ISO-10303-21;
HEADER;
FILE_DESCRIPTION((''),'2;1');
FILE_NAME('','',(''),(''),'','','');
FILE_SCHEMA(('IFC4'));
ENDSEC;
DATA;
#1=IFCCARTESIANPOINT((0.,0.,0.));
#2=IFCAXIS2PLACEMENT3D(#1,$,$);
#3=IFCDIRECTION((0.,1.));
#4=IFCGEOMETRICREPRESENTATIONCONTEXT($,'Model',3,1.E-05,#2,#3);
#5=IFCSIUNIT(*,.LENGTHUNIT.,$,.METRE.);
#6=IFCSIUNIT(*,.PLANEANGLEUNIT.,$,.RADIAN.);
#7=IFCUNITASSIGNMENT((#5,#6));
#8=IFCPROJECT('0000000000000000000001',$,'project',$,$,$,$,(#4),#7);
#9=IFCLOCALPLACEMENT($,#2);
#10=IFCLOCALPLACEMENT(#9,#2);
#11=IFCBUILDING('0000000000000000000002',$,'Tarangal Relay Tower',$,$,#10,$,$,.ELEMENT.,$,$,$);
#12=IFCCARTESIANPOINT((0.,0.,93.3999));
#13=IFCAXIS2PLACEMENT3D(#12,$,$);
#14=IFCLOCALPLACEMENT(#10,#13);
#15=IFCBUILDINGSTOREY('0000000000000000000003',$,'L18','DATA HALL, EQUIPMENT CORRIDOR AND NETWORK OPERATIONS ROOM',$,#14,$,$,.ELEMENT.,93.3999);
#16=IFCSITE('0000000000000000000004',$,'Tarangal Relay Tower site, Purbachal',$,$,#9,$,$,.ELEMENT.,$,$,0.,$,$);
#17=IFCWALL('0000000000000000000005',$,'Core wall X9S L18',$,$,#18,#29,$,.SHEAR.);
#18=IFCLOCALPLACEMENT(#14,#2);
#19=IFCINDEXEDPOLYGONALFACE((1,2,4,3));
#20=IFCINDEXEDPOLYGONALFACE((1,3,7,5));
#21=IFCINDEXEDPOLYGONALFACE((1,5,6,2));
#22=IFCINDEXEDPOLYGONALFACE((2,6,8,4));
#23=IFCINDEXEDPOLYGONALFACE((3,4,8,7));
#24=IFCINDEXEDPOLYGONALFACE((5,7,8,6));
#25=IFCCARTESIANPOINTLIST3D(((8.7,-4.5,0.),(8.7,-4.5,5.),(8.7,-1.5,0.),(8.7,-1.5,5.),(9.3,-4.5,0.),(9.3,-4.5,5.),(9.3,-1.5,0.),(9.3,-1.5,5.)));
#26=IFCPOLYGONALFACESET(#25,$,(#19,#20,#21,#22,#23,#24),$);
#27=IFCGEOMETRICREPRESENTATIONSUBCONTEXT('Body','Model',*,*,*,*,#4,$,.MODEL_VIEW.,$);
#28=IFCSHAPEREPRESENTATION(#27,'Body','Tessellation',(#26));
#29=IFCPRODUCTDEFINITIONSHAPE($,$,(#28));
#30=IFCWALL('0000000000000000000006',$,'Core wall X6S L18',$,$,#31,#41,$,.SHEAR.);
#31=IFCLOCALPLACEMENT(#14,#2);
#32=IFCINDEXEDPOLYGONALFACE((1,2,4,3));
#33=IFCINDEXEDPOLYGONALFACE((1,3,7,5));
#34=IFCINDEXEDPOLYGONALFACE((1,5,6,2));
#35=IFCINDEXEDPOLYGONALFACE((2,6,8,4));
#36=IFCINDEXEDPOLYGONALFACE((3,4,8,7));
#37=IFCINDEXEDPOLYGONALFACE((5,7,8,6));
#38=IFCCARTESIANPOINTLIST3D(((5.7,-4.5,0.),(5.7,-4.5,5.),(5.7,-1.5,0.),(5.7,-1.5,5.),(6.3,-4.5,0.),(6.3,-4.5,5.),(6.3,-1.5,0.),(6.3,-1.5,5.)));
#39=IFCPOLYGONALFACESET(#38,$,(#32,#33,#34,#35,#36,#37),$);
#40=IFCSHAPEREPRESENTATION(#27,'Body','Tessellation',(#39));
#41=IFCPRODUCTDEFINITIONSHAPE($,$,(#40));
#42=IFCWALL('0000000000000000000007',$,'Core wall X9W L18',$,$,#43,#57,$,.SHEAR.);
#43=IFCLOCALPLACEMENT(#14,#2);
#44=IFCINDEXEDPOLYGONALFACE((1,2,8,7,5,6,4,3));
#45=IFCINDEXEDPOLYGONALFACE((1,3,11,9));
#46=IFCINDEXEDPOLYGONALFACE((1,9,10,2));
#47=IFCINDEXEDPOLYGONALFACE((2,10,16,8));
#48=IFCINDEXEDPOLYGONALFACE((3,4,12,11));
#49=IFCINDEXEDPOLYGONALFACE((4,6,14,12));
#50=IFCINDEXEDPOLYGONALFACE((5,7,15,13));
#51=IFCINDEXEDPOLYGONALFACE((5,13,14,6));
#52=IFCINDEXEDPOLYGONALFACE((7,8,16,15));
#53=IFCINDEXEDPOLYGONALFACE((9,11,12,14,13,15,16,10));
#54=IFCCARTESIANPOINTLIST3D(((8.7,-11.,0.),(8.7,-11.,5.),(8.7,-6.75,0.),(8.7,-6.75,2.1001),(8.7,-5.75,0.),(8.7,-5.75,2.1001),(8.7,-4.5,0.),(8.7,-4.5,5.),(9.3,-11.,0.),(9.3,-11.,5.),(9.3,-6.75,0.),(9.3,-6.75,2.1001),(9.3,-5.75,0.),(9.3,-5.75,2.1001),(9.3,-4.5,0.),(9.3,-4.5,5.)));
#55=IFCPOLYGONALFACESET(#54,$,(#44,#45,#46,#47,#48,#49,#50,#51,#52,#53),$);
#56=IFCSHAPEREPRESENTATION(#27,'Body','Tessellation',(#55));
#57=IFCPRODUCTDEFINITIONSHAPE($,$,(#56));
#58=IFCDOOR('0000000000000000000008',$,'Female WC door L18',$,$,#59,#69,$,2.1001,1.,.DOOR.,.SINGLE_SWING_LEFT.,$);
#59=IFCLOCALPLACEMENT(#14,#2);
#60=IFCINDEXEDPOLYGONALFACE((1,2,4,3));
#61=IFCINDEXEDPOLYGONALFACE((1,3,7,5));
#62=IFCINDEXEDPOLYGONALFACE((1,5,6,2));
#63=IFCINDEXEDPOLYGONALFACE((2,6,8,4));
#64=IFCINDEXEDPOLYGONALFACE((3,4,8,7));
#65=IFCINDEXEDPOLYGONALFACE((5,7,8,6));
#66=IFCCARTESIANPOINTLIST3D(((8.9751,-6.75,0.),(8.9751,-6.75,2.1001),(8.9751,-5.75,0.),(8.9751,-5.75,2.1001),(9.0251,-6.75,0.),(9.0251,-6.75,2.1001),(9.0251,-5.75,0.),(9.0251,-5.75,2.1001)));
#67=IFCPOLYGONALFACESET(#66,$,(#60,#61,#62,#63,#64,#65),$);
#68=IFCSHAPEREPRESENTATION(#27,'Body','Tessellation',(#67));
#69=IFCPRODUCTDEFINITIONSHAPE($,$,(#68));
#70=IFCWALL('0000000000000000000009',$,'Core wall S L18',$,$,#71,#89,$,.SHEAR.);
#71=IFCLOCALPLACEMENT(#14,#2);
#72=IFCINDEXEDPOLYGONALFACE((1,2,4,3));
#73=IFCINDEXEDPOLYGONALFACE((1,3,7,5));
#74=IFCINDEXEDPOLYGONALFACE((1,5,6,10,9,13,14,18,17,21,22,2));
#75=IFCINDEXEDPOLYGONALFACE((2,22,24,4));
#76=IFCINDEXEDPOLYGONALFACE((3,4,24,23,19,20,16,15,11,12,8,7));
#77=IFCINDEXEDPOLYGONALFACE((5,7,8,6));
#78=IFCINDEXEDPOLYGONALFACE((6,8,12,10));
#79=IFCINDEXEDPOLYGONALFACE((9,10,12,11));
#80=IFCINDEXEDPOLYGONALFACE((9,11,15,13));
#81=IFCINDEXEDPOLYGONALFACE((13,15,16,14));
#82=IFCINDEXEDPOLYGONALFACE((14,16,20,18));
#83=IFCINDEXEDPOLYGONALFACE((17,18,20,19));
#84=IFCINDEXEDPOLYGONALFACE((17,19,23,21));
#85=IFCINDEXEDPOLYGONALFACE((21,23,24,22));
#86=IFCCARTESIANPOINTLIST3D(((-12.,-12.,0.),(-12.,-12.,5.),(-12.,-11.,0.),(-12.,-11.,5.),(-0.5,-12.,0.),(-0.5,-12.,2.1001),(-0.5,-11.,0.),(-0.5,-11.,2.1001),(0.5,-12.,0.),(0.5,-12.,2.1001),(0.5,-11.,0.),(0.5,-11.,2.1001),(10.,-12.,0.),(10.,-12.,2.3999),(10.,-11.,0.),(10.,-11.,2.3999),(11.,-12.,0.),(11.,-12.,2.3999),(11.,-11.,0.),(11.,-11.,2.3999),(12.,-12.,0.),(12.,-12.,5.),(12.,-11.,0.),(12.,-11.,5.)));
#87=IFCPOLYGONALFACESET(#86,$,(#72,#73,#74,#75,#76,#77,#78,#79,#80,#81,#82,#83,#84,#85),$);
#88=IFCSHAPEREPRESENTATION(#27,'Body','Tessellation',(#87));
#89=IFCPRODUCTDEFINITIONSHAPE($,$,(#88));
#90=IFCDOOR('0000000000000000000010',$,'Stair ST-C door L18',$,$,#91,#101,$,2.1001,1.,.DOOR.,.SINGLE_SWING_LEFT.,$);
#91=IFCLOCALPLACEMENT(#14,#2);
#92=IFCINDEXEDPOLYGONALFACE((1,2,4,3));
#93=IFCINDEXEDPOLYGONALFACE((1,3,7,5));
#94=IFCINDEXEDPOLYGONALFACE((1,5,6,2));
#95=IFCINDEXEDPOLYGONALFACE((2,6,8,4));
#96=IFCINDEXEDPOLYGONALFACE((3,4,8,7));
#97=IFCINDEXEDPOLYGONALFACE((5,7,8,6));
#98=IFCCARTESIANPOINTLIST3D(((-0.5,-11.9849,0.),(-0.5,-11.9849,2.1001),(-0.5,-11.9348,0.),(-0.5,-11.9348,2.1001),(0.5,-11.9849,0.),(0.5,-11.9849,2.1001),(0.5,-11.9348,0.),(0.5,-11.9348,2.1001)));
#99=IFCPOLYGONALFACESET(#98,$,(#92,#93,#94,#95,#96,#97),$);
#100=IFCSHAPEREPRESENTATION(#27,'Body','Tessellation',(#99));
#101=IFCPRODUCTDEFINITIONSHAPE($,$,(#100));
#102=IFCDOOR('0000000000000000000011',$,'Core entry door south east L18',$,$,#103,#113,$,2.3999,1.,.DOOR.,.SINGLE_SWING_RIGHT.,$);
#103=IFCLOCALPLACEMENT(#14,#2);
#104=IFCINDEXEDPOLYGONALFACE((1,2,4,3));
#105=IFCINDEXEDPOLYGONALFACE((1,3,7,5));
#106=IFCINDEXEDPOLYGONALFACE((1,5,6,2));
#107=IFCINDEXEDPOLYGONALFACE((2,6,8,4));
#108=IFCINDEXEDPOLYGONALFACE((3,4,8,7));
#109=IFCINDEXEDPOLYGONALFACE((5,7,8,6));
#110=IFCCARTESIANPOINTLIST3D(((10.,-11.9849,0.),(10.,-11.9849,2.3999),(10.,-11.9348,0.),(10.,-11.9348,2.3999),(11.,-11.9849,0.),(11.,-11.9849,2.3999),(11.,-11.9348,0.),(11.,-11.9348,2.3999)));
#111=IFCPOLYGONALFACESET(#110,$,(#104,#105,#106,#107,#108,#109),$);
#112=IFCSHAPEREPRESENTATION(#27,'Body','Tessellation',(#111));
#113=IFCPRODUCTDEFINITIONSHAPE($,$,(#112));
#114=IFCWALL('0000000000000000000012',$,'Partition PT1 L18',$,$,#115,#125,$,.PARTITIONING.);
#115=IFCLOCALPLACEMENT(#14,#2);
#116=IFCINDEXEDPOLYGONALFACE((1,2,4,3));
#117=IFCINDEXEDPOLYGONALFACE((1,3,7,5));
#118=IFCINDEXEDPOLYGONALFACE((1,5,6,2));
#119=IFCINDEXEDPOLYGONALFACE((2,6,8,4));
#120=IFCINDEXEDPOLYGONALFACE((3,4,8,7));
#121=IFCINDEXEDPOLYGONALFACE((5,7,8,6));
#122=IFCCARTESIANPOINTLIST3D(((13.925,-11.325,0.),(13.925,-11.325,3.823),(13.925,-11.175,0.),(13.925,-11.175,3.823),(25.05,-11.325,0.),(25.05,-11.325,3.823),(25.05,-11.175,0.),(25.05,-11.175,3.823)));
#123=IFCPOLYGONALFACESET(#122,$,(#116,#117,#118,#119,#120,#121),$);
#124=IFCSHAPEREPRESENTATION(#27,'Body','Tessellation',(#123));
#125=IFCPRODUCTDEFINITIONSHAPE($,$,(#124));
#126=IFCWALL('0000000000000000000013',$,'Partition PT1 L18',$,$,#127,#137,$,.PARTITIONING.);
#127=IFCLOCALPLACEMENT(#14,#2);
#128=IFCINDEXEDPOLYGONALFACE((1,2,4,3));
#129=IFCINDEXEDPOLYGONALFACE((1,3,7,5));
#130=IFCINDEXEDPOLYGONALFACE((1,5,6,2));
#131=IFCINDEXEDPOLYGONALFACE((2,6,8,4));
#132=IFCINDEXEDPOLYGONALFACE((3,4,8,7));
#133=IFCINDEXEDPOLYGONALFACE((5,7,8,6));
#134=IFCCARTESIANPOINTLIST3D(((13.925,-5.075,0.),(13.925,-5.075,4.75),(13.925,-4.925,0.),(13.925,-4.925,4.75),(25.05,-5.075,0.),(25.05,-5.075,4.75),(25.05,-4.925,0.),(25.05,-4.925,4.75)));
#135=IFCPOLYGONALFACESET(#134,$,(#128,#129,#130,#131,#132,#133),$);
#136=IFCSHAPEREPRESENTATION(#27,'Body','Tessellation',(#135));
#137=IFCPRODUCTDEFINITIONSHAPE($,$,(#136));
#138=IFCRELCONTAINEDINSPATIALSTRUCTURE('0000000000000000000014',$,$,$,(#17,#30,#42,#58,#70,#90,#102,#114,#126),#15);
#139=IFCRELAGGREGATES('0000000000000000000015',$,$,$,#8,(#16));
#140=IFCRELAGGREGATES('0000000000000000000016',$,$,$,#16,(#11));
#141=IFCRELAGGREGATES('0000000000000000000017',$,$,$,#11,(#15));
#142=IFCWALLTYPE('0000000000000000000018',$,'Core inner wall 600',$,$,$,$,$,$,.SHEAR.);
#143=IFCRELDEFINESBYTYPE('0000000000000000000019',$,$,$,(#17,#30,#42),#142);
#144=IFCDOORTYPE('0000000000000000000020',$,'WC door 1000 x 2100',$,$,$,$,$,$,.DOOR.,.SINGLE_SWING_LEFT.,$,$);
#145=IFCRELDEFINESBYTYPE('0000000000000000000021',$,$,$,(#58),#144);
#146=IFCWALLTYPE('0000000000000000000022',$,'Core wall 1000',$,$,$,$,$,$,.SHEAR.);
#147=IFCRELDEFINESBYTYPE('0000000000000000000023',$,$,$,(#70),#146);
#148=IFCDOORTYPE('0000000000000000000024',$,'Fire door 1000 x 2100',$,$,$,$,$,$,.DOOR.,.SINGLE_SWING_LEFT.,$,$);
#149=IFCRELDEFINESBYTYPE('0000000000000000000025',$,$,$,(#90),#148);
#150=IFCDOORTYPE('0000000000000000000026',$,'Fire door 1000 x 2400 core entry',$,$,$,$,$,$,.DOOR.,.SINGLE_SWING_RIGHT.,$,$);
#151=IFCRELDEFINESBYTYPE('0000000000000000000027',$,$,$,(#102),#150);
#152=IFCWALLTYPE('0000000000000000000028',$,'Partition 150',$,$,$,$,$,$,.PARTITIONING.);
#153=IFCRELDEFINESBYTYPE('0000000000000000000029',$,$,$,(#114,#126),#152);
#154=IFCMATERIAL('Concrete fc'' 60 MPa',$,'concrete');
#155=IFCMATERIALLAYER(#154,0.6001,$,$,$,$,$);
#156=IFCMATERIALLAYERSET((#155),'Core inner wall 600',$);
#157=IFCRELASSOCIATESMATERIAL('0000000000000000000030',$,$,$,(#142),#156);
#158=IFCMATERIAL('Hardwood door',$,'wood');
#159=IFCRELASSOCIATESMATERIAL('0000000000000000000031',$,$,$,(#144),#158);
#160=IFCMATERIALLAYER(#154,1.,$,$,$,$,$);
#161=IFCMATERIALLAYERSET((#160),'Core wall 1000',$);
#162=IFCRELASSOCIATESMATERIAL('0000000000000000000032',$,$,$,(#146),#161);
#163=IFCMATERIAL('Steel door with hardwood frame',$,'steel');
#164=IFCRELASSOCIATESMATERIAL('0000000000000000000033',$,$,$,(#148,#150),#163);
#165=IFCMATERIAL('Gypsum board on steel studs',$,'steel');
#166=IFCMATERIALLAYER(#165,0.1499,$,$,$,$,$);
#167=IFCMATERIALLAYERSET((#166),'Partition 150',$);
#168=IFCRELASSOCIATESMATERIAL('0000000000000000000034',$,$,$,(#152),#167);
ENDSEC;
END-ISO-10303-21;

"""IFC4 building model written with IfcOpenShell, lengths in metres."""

from ifc_helpers import new_model, si_unit, direction, frame, frame_2d, origin, place, context, subcontext, project, spatial, rectangle, extrude, material, layer, layer_set, type_object, element, fill, save


model = new_model("IFC4")

# Units and contexts
model_context = context("Model", 3, precision=1e-05, world=origin(), true_north=direction((0.0, 1.0)))
body_context = subcontext(model_context, "Body", "Model", "MODEL_VIEW")
ifc_project = project(units=[si_unit("LENGTHUNIT", "METRE"), si_unit("PLANEANGLEUNIT", "RADIAN")], contexts=[model_context])

# Site, building, storey
site_placement = place(None, origin())
site = spatial("IfcSite", under=ifc_project, at=site_placement, Name="Tarangal Relay Tower site, Purbachal", CompositionType="ELEMENT", RefElevation=0.0)
building_placement = place(site_placement, origin())
building = spatial("IfcBuilding", under=site, at=building_placement, Name="Tarangal Relay Tower", CompositionType="ELEMENT")
storey_placement = place(building_placement, frame((0.0, 0.0, 93.3999)))
storey = spatial("IfcBuildingStorey", under=building, at=storey_placement, Name="L18", Description="DATA HALL, EQUIPMENT CORRIDOR AND NETWORK OPERATIONS ROOM", CompositionType="ELEMENT", Elevation=93.3999)

# Walls
ifc_material_1 = material(Name="Concrete fc' 60 MPa", Category="concrete")
ifc_layer_1 = layer(ifc_material_1, 0.6001)
ifc_layer_set_1 = layer_set([ifc_layer_1], Name="Core inner wall 600")
wall_type_1 = type_object("IfcWallType", Name="Core inner wall 600", PredefinedType="SHEAR", material=ifc_layer_set_1)
for number, where, z_axis, x_axis, name in (
    (1, (9.0, -4.5, 0.0), (0.0, 0.0, 1.0), (0.0, 1.0, 0.0), "Core wall X9S L18"),
    (2, (6.0, -4.5, 0.0), (0.0, 0.0, 1.0), (0.0, 1.0, 0.0), "Core wall X6S L18"),
):
    element("IfcWall", number, at=place(storey_placement, frame(where, z_axis=z_axis, x_axis=x_axis)), inside=storey, type_object=wall_type_1, Name=name, PredefinedType="SHEAR", context=body_context, shape_type="SweptSolid", body=[
        extrude(rectangle(XDim=3.0, YDim=0.6001, at=frame_2d((1.5, 0.0))), origin(), (0.0, 0.0, 1.0), 5.0),
    ])

# Wall, opening, door
wall_1_placement = place(storey_placement, frame((9.0, -11.0, 0.0), z_axis=(0.0, 0.0, 1.0), x_axis=(0.0, 1.0, 0.0)))
wall_1 = element("IfcWall", 3, at=wall_1_placement, inside=storey, type_object=wall_type_1, Name="Core wall X9W L18", PredefinedType="SHEAR", context=body_context, shape_type="SweptSolid", body=[
    extrude(rectangle(XDim=6.5, YDim=0.6001, at=frame_2d((3.25, 0.0))), origin(), (0.0, 0.0, 1.0), 5.0),
])
opening_1_placement = place(wall_1_placement, frame((4.25, 0.0, 0.0)))
opening_1 = element("IfcOpeningElement", 4, at=opening_1_placement, cuts=wall_1, PredefinedType="OPENING", context=body_context, shape_type="SweptSolid", body=[
    extrude(rectangle(XDim=1.0, YDim=2.1001, at=frame_2d((0.5, 1.05))), frame((0.0, 0.3101, 0.0), z_axis=(0.0, -1.0, 0.0), x_axis=(1.0, 0.0, 0.0)), (0.0, 0.0, 1.0), 0.6201),
])
ifc_material_2 = material(Name="Hardwood door", Category="wood")
door_type_1 = type_object("IfcDoorType", Name="WC door 1000 x 2100", OperationType="SINGLE_SWING_LEFT", PredefinedType="DOOR", material=ifc_material_2)
door_1_placement = place(opening_1_placement, origin())
door_1 = element("IfcDoor", 5, at=door_1_placement, inside=storey, type_object=door_type_1, Name="Female WC door L18", OperationType="SINGLE_SWING_LEFT", OverallHeight=2.1001, OverallWidth=1.0, PredefinedType="DOOR", context=body_context, shape_type="SweptSolid", body=[
    extrude(rectangle(XDim=1.0, YDim=2.1001, at=frame_2d((0.5, 1.05))), frame((0.0, 0.0249, 0.0), z_axis=(0.0, -1.0, 0.0), x_axis=(1.0, 0.0, 0.0)), (0.0, 0.0, 1.0), 0.05),
])
fill(opening_1, door_1)

# Wall, openings, doors
ifc_layer_2 = layer(ifc_material_1, 1.0)
ifc_layer_set_2 = layer_set([ifc_layer_2], Name="Core wall 1000")
wall_type_2 = type_object("IfcWallType", Name="Core wall 1000", PredefinedType="SHEAR", material=ifc_layer_set_2)
wall_2_placement = place(storey_placement, frame((12.0, -11.5, 0.0), z_axis=(0.0, 0.0, 1.0), x_axis=(-1.0, 0.0, 0.0)))
wall_2 = element("IfcWall", 6, at=wall_2_placement, inside=storey, type_object=wall_type_2, Name="Core wall S L18", PredefinedType="SHEAR", context=body_context, shape_type="SweptSolid", body=[
    extrude(rectangle(XDim=24.0, YDim=1.0, at=frame_2d((12.0, 0.0))), origin(), (0.0, 0.0, 1.0), 5.0),
])
opening_2_placement = place(wall_2_placement, frame((11.5, 0.0, 0.0)))
opening_2 = element("IfcOpeningElement", 7, at=opening_2_placement, cuts=wall_2, PredefinedType="OPENING", context=body_context, shape_type="SweptSolid", body=[
    extrude(rectangle(XDim=1.0, YDim=2.1001, at=frame_2d((0.5, 1.05))), frame((0.0, 0.51, 0.0), z_axis=(0.0, -1.0, 0.0), x_axis=(1.0, 0.0, 0.0)), (0.0, 0.0, 1.0), 1.02),
])
opening_3_placement = place(wall_2_placement, frame((1.0, 0.0, 0.0)))
opening_3 = element("IfcOpeningElement", 8, at=opening_3_placement, cuts=wall_2, PredefinedType="OPENING", context=body_context, shape_type="SweptSolid", body=[
    extrude(rectangle(XDim=1.0, YDim=2.3999, at=frame_2d((0.5, 1.2))), frame((0.0, 0.51, 0.0), z_axis=(0.0, -1.0, 0.0), x_axis=(1.0, 0.0, 0.0)), (0.0, 0.0, 1.0), 1.02),
])
ifc_material_3 = material(Name="Steel door with hardwood frame", Category="steel")
door_type_2 = type_object("IfcDoorType", Name="Fire door 1000 x 2100", OperationType="SINGLE_SWING_LEFT", PredefinedType="DOOR", material=ifc_material_3)
door_2_placement = place(opening_2_placement, origin())
door_2 = element("IfcDoor", 9, at=door_2_placement, inside=storey, type_object=door_type_2, Name="Stair ST-C door L18", OperationType="SINGLE_SWING_LEFT", OverallHeight=2.1001, OverallWidth=1.0, PredefinedType="DOOR", context=body_context, shape_type="SweptSolid", body=[
    extrude(rectangle(XDim=1.0, YDim=2.1001, at=frame_2d((0.5, 1.05))), frame((0.0, 0.4849, 0.0), z_axis=(0.0, -1.0, 0.0), x_axis=(1.0, 0.0, 0.0)), (0.0, 0.0, 1.0), 0.05),
])
fill(opening_2, door_2)
door_type_3 = type_object("IfcDoorType", Name="Fire door 1000 x 2400 core entry", OperationType="SINGLE_SWING_RIGHT", PredefinedType="DOOR", material=ifc_material_3)
door_3_placement = place(opening_3_placement, origin())
door_3 = element("IfcDoor", 10, at=door_3_placement, inside=storey, type_object=door_type_3, Name="Core entry door south east L18", OperationType="SINGLE_SWING_RIGHT", OverallHeight=2.3999, OverallWidth=1.0, PredefinedType="DOOR", context=body_context, shape_type="SweptSolid", body=[
    extrude(rectangle(XDim=1.0, YDim=2.3999, at=frame_2d((0.5, 1.2))), frame((0.0, 0.4849, 0.0), z_axis=(0.0, -1.0, 0.0), x_axis=(1.0, 0.0, 0.0)), (0.0, 0.0, 1.0), 0.05),
])
fill(opening_3, door_3)

# Walls
ifc_material_4 = material(Name="Gypsum board on steel studs", Category="steel")
ifc_layer_3 = layer(ifc_material_4, 0.1499)
ifc_layer_set_3 = layer_set([ifc_layer_3], Name="Partition 150")
wall_type_3 = type_object("IfcWallType", Name="Partition 150", PredefinedType="PARTITIONING", material=ifc_layer_set_3)
wall_3_placement = place(storey_placement, frame((13.925, -11.25, 0.0), z_axis=(0.0, 0.0, 1.0), x_axis=(1.0, 0.0, 0.0)))
element("IfcWall", 11, at=wall_3_placement, inside=storey, type_object=wall_type_3, Name="Partition PT1 L18", PredefinedType="PARTITIONING", context=body_context, shape_type="SweptSolid", body=[
    extrude(rectangle(XDim=11.125, YDim=0.1499, at=frame_2d((5.5625, 0.0))), origin(), (0.0, 0.0, 1.0), 3.823),
])
wall_4_placement = place(storey_placement, frame((13.925, -5.0, 0.0), z_axis=(0.0, 0.0, 1.0), x_axis=(1.0, 0.0, 0.0)))
element("IfcWall", 12, at=wall_4_placement, inside=storey, type_object=wall_type_3, Name="Partition PT1 L18", PredefinedType="PARTITIONING", context=body_context, shape_type="SweptSolid", body=[
    extrude(rectangle(XDim=11.125, YDim=0.1499, at=frame_2d((5.5625, 0.0))), origin(), (0.0, 0.0, 1.0), 4.75),
])

save(model, "model.ifc")
